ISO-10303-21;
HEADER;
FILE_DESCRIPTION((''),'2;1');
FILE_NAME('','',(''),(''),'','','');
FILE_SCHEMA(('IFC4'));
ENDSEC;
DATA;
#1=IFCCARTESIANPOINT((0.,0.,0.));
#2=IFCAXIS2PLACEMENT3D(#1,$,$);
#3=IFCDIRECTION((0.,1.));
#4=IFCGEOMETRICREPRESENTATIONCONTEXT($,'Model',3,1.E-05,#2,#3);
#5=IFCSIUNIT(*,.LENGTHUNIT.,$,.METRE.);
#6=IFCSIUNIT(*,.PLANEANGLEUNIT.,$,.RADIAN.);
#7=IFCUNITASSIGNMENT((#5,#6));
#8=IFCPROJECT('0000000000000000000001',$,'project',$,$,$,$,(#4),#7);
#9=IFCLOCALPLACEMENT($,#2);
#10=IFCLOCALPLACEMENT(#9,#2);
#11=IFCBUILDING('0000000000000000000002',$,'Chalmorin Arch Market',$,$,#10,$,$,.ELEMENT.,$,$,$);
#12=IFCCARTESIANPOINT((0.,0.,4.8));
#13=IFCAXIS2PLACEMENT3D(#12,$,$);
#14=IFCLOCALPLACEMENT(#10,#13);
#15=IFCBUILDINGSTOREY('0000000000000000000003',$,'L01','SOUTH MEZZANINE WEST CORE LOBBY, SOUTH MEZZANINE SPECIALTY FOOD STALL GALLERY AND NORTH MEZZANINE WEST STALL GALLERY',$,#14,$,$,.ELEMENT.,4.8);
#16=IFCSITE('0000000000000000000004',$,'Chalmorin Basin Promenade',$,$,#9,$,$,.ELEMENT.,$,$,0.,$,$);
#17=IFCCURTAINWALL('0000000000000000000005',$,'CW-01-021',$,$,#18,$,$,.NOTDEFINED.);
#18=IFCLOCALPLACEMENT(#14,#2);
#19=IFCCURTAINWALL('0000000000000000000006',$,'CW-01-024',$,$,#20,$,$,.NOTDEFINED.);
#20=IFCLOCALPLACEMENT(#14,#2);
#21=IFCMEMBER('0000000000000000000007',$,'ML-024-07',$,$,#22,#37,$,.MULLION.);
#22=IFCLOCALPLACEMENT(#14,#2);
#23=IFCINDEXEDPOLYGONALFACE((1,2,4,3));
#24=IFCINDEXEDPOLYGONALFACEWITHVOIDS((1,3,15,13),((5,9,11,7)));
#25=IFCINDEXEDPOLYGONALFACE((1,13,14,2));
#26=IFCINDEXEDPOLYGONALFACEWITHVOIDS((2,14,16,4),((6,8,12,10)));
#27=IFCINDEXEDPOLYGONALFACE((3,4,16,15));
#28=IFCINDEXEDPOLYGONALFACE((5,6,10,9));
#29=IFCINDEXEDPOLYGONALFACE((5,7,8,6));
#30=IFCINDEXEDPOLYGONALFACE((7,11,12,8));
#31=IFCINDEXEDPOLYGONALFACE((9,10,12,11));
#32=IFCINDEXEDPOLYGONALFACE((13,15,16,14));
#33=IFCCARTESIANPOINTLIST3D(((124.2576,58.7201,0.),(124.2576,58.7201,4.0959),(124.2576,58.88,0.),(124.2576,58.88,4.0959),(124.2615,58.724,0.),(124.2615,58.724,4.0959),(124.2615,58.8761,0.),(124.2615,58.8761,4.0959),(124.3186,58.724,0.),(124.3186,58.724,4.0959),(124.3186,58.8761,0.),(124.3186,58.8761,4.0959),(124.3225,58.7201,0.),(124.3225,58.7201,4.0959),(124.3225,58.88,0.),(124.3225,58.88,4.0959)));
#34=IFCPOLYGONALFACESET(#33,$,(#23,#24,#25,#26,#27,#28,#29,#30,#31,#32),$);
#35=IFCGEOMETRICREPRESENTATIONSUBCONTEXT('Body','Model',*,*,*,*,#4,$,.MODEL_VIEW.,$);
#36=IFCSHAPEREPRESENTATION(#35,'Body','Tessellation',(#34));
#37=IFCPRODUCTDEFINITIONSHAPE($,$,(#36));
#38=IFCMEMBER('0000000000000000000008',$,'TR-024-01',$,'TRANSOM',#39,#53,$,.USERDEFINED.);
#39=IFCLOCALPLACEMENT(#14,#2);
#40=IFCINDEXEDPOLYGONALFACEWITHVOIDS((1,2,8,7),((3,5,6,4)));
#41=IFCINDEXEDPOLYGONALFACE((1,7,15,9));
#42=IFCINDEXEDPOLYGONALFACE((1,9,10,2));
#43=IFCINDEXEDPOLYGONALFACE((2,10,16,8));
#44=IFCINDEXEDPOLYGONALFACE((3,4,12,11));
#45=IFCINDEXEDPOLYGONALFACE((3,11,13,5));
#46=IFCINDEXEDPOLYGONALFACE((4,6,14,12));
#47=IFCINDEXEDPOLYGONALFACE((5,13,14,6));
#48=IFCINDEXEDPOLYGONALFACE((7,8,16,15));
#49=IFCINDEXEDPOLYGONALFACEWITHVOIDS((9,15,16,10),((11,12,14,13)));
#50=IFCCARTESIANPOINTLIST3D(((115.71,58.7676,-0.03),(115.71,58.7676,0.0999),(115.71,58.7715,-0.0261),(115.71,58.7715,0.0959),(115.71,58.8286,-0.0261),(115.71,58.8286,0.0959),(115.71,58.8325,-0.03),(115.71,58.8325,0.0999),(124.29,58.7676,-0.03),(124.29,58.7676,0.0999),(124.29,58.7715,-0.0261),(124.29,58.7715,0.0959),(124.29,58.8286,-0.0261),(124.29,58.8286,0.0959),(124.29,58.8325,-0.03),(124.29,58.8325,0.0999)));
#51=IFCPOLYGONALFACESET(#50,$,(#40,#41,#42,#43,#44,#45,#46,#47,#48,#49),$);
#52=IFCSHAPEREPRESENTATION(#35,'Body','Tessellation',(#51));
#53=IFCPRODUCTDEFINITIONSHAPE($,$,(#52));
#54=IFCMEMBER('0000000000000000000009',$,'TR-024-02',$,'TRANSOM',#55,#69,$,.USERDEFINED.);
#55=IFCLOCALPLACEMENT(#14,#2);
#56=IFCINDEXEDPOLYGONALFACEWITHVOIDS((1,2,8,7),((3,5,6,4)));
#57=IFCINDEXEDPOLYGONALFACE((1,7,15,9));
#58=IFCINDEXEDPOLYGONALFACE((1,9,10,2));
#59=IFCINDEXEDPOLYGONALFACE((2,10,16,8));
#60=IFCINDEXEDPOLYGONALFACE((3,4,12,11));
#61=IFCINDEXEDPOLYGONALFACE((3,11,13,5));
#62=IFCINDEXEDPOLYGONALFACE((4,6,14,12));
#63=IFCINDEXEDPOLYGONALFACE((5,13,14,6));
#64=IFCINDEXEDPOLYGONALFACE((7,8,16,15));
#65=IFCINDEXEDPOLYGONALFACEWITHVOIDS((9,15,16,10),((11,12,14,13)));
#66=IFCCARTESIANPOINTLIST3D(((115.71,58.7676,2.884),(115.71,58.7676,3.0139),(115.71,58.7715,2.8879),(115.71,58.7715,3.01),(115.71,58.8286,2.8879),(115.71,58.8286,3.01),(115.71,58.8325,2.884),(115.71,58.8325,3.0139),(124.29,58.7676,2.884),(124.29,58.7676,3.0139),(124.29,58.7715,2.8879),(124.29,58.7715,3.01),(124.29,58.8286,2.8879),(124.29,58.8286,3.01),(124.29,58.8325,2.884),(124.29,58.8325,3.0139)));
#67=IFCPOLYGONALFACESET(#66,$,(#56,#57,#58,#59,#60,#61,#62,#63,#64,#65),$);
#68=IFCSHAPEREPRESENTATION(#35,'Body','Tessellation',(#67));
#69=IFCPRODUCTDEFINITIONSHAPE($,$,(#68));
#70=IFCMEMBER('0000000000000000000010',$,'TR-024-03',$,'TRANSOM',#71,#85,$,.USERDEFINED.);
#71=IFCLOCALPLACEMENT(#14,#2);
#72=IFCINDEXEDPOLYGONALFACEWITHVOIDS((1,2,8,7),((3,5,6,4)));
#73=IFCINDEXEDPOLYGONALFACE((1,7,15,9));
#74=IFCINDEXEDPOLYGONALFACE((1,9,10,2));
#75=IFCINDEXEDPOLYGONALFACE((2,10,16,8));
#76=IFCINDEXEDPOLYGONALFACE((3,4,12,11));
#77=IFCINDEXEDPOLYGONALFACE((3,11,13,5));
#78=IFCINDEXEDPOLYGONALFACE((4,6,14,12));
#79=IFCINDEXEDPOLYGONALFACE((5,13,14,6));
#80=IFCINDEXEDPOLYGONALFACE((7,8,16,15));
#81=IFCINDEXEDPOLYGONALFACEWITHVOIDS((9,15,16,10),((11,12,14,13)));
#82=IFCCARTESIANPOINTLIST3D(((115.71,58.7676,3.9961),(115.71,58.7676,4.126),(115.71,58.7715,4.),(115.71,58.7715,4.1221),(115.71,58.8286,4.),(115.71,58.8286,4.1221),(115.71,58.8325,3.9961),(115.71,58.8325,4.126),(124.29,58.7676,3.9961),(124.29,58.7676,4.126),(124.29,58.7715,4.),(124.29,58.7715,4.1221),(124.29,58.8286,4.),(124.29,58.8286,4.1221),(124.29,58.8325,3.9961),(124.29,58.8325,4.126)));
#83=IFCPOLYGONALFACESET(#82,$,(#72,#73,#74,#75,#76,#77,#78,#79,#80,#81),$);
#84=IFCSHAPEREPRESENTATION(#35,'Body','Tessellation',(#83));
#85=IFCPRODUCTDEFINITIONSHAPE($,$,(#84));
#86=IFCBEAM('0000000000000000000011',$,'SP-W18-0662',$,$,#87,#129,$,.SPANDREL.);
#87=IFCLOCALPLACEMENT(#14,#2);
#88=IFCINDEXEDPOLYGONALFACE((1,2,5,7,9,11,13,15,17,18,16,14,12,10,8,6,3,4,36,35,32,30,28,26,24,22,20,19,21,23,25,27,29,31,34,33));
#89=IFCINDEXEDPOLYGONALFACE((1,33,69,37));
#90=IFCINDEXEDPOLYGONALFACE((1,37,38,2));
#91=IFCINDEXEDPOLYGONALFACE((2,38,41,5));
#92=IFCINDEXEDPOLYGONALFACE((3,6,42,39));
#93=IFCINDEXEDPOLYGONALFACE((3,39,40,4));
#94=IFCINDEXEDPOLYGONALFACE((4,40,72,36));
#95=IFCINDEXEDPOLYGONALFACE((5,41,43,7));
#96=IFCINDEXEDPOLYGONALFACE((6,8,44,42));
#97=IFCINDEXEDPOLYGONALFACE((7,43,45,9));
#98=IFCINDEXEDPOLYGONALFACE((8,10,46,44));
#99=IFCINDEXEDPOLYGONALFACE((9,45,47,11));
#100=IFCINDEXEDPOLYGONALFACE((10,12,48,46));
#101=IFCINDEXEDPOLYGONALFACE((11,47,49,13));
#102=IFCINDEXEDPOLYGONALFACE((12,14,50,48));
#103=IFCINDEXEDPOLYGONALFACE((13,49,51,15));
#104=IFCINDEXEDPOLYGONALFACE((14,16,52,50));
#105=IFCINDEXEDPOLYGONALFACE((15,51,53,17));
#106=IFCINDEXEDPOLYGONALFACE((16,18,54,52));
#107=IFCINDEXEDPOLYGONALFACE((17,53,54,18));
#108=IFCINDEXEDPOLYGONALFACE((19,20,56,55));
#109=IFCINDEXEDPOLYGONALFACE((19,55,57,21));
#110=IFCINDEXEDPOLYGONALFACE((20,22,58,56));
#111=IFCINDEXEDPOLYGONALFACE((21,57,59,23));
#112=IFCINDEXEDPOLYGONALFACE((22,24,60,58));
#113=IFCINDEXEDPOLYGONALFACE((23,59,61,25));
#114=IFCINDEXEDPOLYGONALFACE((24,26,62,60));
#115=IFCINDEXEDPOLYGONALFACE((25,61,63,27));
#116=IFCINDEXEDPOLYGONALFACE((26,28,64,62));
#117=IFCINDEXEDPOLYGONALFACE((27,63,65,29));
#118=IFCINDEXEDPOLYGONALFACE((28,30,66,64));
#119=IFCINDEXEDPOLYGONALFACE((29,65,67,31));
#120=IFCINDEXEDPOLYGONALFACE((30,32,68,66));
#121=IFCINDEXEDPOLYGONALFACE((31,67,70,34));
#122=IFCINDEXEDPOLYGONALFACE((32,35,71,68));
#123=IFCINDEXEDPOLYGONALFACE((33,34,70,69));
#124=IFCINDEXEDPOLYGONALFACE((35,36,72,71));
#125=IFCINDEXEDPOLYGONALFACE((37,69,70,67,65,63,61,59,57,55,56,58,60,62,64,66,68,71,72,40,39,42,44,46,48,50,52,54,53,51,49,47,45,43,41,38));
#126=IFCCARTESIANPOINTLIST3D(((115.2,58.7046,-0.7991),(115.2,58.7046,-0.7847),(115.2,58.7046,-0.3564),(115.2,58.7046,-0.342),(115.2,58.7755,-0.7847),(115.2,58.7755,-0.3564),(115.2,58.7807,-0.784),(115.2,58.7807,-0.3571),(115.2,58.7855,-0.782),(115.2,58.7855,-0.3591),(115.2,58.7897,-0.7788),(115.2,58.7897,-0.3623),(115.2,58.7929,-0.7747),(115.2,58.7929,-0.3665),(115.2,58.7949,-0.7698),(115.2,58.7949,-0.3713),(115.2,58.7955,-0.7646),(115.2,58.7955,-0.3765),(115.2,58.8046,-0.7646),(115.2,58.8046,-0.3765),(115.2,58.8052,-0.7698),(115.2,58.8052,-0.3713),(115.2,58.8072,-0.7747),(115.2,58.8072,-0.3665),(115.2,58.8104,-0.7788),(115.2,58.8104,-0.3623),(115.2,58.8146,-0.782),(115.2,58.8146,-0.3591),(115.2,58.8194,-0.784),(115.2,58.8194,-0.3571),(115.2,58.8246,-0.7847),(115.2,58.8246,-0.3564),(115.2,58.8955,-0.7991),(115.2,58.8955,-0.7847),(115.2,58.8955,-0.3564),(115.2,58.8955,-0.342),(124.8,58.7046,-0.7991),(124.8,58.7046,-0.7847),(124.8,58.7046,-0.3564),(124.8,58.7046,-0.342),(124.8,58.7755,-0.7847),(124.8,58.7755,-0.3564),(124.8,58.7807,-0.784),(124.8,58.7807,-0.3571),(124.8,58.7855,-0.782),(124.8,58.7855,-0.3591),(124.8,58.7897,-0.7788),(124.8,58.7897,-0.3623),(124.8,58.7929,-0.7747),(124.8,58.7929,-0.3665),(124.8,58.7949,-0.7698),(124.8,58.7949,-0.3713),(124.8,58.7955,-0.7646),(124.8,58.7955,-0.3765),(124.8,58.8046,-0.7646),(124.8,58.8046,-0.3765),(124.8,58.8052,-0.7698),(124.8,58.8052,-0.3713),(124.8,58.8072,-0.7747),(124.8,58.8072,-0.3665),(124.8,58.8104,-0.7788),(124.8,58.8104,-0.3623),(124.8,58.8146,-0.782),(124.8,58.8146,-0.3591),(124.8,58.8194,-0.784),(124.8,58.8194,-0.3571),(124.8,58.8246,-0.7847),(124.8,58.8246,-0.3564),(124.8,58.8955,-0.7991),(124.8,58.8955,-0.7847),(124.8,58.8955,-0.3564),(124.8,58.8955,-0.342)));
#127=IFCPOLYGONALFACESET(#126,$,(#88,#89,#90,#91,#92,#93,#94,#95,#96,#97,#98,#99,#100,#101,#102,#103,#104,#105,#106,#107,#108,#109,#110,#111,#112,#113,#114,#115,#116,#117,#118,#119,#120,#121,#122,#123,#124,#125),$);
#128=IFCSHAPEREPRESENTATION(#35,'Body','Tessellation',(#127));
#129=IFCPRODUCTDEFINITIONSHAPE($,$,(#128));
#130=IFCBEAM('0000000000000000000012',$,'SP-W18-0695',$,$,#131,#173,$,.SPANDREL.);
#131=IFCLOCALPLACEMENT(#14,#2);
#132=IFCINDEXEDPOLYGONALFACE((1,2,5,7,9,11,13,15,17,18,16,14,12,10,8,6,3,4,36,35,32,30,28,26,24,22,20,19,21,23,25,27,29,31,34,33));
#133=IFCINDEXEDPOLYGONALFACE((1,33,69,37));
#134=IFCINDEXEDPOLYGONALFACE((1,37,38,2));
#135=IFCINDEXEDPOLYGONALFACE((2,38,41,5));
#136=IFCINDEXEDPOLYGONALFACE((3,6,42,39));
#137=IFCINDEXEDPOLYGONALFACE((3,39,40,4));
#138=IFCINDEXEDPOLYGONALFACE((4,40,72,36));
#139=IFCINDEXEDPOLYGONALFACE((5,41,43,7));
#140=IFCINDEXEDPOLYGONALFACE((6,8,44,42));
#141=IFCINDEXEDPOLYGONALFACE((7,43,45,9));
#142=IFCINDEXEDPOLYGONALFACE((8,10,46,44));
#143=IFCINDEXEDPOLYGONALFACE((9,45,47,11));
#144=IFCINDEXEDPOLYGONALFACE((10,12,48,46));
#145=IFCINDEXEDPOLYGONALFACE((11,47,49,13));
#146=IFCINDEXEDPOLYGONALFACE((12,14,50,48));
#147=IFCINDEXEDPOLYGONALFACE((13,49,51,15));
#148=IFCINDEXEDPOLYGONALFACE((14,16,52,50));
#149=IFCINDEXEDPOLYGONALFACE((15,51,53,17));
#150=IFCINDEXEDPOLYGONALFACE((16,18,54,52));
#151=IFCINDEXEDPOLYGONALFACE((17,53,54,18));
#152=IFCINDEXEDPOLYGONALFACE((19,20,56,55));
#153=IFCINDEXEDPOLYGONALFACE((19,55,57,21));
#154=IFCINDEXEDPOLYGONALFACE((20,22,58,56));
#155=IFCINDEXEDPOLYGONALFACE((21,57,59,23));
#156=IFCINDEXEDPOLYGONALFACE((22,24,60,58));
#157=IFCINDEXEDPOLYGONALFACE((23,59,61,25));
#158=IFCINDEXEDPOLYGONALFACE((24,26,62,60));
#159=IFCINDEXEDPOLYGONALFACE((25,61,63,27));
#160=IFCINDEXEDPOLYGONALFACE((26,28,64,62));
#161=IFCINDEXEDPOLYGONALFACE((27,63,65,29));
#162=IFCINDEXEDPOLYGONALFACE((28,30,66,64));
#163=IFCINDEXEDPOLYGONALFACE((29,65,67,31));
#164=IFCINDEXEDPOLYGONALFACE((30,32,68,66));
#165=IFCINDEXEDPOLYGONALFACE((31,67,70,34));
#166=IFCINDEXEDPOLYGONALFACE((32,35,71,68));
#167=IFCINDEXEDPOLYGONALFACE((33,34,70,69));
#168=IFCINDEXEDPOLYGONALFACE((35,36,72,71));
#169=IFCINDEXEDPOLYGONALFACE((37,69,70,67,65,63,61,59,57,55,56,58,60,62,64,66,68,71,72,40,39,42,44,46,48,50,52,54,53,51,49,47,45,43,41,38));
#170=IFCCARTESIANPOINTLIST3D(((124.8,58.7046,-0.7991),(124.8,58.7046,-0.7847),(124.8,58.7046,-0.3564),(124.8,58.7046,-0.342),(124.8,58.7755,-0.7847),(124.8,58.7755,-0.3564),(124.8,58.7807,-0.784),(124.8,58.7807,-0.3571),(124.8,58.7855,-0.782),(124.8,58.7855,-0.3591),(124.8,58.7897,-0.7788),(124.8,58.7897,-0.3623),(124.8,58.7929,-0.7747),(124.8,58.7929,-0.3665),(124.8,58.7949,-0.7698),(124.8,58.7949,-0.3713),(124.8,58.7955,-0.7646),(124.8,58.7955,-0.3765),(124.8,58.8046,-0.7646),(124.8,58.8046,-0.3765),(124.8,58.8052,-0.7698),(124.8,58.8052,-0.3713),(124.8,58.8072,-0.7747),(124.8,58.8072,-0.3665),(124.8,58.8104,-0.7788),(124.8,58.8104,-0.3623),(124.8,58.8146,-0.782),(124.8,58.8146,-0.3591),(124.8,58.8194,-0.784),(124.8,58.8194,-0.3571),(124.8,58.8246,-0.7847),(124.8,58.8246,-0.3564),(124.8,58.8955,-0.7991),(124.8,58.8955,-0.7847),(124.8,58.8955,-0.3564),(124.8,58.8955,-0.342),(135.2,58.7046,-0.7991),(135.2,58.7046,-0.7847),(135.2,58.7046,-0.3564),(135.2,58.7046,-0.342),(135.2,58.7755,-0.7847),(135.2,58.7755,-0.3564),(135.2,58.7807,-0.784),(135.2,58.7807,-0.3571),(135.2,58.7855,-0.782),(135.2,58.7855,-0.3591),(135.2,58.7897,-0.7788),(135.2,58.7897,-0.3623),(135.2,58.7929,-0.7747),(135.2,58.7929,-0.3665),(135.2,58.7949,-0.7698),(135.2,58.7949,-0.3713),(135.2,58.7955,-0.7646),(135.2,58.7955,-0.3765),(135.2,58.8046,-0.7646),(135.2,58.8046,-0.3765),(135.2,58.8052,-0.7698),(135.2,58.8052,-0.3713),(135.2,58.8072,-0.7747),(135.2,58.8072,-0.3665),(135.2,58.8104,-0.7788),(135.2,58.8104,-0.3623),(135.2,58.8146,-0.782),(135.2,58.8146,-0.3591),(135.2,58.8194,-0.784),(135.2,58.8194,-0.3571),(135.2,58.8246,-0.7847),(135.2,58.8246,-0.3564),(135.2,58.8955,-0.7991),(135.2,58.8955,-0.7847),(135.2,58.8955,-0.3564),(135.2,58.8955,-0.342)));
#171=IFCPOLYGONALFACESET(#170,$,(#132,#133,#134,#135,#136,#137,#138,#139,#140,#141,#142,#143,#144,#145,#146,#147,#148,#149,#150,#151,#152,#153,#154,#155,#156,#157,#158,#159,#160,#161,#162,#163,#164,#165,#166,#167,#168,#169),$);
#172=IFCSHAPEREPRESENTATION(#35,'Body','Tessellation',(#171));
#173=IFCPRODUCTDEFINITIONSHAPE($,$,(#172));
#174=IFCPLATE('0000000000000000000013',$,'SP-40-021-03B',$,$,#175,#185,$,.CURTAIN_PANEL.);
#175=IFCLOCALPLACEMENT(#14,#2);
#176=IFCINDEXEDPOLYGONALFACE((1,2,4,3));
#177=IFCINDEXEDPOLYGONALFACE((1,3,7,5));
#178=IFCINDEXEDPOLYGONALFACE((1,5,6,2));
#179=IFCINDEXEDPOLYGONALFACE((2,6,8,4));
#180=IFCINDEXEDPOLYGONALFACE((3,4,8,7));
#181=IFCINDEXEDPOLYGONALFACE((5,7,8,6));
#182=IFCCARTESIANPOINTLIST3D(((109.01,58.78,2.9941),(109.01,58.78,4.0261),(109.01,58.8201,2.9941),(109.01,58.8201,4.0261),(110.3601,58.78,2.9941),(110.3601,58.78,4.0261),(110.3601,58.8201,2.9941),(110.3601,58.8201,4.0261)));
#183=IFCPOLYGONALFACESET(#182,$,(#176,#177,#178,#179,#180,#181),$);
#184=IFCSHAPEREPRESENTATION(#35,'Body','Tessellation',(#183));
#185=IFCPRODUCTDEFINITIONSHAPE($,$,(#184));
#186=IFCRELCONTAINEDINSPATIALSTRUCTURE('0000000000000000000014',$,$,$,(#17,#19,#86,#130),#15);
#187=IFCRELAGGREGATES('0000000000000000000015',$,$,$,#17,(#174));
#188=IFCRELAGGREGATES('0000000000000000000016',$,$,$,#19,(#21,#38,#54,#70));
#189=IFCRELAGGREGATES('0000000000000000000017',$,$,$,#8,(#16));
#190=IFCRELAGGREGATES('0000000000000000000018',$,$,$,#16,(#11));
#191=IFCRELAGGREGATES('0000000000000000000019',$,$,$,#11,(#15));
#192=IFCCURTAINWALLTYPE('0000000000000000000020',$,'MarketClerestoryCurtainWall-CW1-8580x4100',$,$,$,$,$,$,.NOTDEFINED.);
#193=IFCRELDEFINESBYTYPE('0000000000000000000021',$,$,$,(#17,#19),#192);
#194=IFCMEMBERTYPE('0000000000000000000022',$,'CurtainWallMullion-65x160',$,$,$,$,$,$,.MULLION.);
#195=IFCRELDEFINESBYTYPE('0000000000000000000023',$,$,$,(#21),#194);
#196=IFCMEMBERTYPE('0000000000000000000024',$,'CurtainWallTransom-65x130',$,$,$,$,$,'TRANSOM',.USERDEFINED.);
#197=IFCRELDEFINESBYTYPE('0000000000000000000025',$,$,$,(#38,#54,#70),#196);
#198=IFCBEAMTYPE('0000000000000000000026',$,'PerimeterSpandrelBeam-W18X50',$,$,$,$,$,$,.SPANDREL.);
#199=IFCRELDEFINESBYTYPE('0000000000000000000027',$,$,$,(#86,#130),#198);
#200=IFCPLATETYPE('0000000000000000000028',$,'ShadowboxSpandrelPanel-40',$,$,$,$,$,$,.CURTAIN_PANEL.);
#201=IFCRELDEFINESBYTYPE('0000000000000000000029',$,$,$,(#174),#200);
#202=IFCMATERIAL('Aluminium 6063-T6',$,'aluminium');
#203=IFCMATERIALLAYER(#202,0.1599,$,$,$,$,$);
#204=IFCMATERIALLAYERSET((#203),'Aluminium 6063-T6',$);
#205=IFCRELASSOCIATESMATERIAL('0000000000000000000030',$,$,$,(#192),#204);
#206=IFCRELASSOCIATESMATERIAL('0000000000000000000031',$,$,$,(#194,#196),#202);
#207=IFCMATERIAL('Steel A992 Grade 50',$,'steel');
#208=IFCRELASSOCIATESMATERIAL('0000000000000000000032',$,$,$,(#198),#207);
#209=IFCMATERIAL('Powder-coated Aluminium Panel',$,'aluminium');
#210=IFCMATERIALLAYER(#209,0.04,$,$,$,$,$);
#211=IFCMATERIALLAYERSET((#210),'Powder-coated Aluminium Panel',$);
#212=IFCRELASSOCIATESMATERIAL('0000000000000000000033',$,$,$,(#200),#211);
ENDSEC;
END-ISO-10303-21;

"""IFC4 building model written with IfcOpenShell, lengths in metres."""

from ifc_helpers import new_model, si_unit, direction, frame, origin, origin_2d, place, context, subcontext, project, spatial, rectangle, hollow_rectangle, i_section, extrude, material, layer, layer_set, material_profile, profile_set, type_object, element, aggregate, save


model = new_model("IFC4")

# Units and contexts
model_context = context("Model", 3, precision=1e-05, world=origin(), true_north=direction((0.0, 1.0)))
body_context = subcontext(model_context, "Body", "Model", "MODEL_VIEW")
ifc_project = project(units=[si_unit("LENGTHUNIT", "METRE"), si_unit("PLANEANGLEUNIT", "RADIAN")], contexts=[model_context])

# Site, building, storey
site_placement = place(None, origin())
site = spatial("IfcSite", under=ifc_project, at=site_placement, Name="Chalmorin Basin Promenade", CompositionType="ELEMENT", RefElevation=0.0)
building_placement = place(site_placement, origin())
building = spatial("IfcBuilding", under=site, at=building_placement, Name="Chalmorin Arch Market", CompositionType="ELEMENT")
storey_placement = place(building_placement, frame((0.0, 0.0, 4.8)))
storey = spatial("IfcBuildingStorey", under=building, at=storey_placement, Name="L01", Description="SOUTH MEZZANINE WEST CORE LOBBY, SOUTH MEZZANINE SPECIALTY FOOD STALL GALLERY AND NORTH MEZZANINE WEST STALL GALLERY", CompositionType="ELEMENT", Elevation=4.8)

# Curtain walls, members
ifc_material_1 = material(Name="Aluminium 6063-T6", Category="aluminium")
ifc_layer_1 = layer(ifc_material_1, 0.1599)
ifc_layer_set_1 = layer_set([ifc_layer_1], Name="Aluminium 6063-T6")
curtain_wall_type = type_object("IfcCurtainWallType", Name="MarketClerestoryCurtainWall-CW1-8580x4100", PredefinedType="NOTDEFINED", material=ifc_layer_set_1)
curtain_wall_1_placement = place(storey_placement, origin())
curtain_wall_1 = element("IfcCurtainWall", 1, at=curtain_wall_1_placement, inside=storey, type_object=curtain_wall_type, Name="CW-01-021", PredefinedType="NOTDEFINED")
ifc_material_profile_1 = material_profile(ifc_material_1, hollow_rectangle(XDim=0.0649, YDim=0.1599, WallThickness=0.0039, at=origin_2d()), Name="ALU65X160X4")
ifc_profile_set_1 = profile_set([ifc_material_profile_1], Name="Aluminium 6063-T6")
member_type_1 = type_object("IfcMemberType", Name="CurtainWallMullion-65x160", PredefinedType="MULLION", material=ifc_profile_set_1)
curtain_wall_2_placement = place(storey_placement, origin())
curtain_wall_2 = element("IfcCurtainWall", 2, at=curtain_wall_2_placement, inside=storey, type_object=curtain_wall_type, Name="CW-01-024", PredefinedType="NOTDEFINED")
member_1_placement = place(storey_placement, frame((124.29, 58.8, 0.0), z_axis=(0.0, 0.0, 1.0), x_axis=(1.0, 0.0, 0.0)))
member_1 = element("IfcMember", 3, at=member_1_placement, type_object=member_type_1, Name="ML-024-07", PredefinedType="MULLION", context=body_context, shape_type="SweptSolid", body=[
    extrude(hollow_rectangle(XDim=0.0649, YDim=0.1599, WallThickness=0.0039, at=origin_2d()), origin(), (0.0, 0.0, 1.0), 4.0959),
])
ifc_material_profile_2 = material_profile(ifc_material_1, hollow_rectangle(XDim=0.0649, YDim=0.1299, WallThickness=0.0039, at=origin_2d()), Name="ALU65X130X4")
ifc_profile_set_2 = profile_set([ifc_material_profile_2], Name="Aluminium 6063-T6")
member_type_2 = type_object("IfcMemberType", Name="CurtainWallTransom-65x130", ElementType="TRANSOM", PredefinedType="USERDEFINED", material=ifc_profile_set_2)
member_2_placement = place(storey_placement, frame((115.71, 58.8, 0.0349), z_axis=(1.0, 0.0, 0.0), x_axis=(0.0, 1.0, 0.0)))
member_2 = element("IfcMember", 4, at=member_2_placement, type_object=member_type_2, Name="TR-024-01", ObjectType="TRANSOM", PredefinedType="USERDEFINED", context=body_context, shape_type="SweptSolid", body=[
    extrude(hollow_rectangle(XDim=0.0649, YDim=0.1299, WallThickness=0.0039, at=origin_2d()), origin(), (0.0, 0.0, 1.0), 8.5801),
])
member_3_placement = place(storey_placement, frame((115.71, 58.8, 2.949), z_axis=(1.0, 0.0, 0.0), x_axis=(0.0, 1.0, 0.0)))
member_3 = element("IfcMember", 5, at=member_3_placement, type_object=member_type_2, Name="TR-024-02", ObjectType="TRANSOM", PredefinedType="USERDEFINED", context=body_context, shape_type="SweptSolid", body=[
    extrude(hollow_rectangle(XDim=0.0649, YDim=0.1299, WallThickness=0.0039, at=origin_2d()), origin(), (0.0, 0.0, 1.0), 8.5801),
])
member_4_placement = place(storey_placement, frame((115.71, 58.8, 4.061), z_axis=(1.0, 0.0, 0.0), x_axis=(0.0, 1.0, 0.0)))
member_4 = element("IfcMember", 6, at=member_4_placement, type_object=member_type_2, Name="TR-024-03", ObjectType="TRANSOM", PredefinedType="USERDEFINED", context=body_context, shape_type="SweptSolid", body=[
    extrude(hollow_rectangle(XDim=0.0649, YDim=0.1299, WallThickness=0.0039, at=origin_2d()), origin(), (0.0, 0.0, 1.0), 8.5801),
])

# Beams
ifc_material_2 = material(Name="Steel A992 Grade 50", Category="steel")
ifc_material_profile_3 = material_profile(ifc_material_2, i_section(OverallWidth=0.1909, OverallDepth=0.457, WebThickness=0.009, FlangeThickness=0.0144, FilletRadius=0.02, at=origin_2d()), Name="W18X50")
ifc_profile_set_3 = profile_set([ifc_material_profile_3], Name="Steel A992 Grade 50")
beam_type = type_object("IfcBeamType", Name="PerimeterSpandrelBeam-W18X50", PredefinedType="SPANDREL", material=ifc_profile_set_3)
beam_1_placement = place(storey_placement, frame((115.2, 58.8, -0.5706), z_axis=(1.0, 0.0, 0.0), x_axis=(0.0, 1.0, 0.0)))
element("IfcBeam", 7, at=beam_1_placement, inside=storey, type_object=beam_type, Name="SP-W18-0662", PredefinedType="SPANDREL", context=body_context, shape_type="SweptSolid", body=[
    extrude(i_section(OverallWidth=0.1909, OverallDepth=0.457, WebThickness=0.009, FlangeThickness=0.0144, FilletRadius=0.02, at=origin_2d()), origin(), (0.0, 0.0, 1.0), 9.6001),
])
beam_2_placement = place(storey_placement, frame((124.8, 58.8, -0.5706), z_axis=(1.0, 0.0, 0.0), x_axis=(0.0, 1.0, 0.0)))
element("IfcBeam", 8, at=beam_2_placement, inside=storey, type_object=beam_type, Name="SP-W18-0695", PredefinedType="SPANDREL", context=body_context, shape_type="SweptSolid", body=[
    extrude(i_section(OverallWidth=0.1909, OverallDepth=0.457, WebThickness=0.009, FlangeThickness=0.0144, FilletRadius=0.02, at=origin_2d()), origin(), (0.0, 0.0, 1.0), 10.3999),
])

# Plate
ifc_material_3 = material(Name="Powder-coated Aluminium Panel", Category="aluminium")
ifc_layer_2 = layer(ifc_material_3, 0.04)
ifc_layer_set_2 = layer_set([ifc_layer_2], Name="Powder-coated Aluminium Panel")
plate_type_1 = type_object("IfcPlateType", Name="ShadowboxSpandrelPanel-40", PredefinedType="CURTAIN_PANEL", material=ifc_layer_set_2)
plate_1_placement = place(storey_placement, frame((109.6851, 58.8, 2.9941), z_axis=(0.0, 0.0, 1.0), x_axis=(1.0, 0.0, 0.0)))
plate_1 = element("IfcPlate", 9, at=plate_1_placement, type_object=plate_type_1, Name="SP-40-021-03B", PredefinedType="CURTAIN_PANEL", context=body_context, shape_type="SweptSolid", body=[
    extrude(rectangle(XDim=1.3501, YDim=0.04, at=origin_2d()), origin(), (0.0, 0.0, 1.0), 1.032),
])
aggregate(curtain_wall_1, [plate_1])
aggregate(curtain_wall_2, [member_1, member_2, member_3, member_4])

save(model, "model.ifc")
